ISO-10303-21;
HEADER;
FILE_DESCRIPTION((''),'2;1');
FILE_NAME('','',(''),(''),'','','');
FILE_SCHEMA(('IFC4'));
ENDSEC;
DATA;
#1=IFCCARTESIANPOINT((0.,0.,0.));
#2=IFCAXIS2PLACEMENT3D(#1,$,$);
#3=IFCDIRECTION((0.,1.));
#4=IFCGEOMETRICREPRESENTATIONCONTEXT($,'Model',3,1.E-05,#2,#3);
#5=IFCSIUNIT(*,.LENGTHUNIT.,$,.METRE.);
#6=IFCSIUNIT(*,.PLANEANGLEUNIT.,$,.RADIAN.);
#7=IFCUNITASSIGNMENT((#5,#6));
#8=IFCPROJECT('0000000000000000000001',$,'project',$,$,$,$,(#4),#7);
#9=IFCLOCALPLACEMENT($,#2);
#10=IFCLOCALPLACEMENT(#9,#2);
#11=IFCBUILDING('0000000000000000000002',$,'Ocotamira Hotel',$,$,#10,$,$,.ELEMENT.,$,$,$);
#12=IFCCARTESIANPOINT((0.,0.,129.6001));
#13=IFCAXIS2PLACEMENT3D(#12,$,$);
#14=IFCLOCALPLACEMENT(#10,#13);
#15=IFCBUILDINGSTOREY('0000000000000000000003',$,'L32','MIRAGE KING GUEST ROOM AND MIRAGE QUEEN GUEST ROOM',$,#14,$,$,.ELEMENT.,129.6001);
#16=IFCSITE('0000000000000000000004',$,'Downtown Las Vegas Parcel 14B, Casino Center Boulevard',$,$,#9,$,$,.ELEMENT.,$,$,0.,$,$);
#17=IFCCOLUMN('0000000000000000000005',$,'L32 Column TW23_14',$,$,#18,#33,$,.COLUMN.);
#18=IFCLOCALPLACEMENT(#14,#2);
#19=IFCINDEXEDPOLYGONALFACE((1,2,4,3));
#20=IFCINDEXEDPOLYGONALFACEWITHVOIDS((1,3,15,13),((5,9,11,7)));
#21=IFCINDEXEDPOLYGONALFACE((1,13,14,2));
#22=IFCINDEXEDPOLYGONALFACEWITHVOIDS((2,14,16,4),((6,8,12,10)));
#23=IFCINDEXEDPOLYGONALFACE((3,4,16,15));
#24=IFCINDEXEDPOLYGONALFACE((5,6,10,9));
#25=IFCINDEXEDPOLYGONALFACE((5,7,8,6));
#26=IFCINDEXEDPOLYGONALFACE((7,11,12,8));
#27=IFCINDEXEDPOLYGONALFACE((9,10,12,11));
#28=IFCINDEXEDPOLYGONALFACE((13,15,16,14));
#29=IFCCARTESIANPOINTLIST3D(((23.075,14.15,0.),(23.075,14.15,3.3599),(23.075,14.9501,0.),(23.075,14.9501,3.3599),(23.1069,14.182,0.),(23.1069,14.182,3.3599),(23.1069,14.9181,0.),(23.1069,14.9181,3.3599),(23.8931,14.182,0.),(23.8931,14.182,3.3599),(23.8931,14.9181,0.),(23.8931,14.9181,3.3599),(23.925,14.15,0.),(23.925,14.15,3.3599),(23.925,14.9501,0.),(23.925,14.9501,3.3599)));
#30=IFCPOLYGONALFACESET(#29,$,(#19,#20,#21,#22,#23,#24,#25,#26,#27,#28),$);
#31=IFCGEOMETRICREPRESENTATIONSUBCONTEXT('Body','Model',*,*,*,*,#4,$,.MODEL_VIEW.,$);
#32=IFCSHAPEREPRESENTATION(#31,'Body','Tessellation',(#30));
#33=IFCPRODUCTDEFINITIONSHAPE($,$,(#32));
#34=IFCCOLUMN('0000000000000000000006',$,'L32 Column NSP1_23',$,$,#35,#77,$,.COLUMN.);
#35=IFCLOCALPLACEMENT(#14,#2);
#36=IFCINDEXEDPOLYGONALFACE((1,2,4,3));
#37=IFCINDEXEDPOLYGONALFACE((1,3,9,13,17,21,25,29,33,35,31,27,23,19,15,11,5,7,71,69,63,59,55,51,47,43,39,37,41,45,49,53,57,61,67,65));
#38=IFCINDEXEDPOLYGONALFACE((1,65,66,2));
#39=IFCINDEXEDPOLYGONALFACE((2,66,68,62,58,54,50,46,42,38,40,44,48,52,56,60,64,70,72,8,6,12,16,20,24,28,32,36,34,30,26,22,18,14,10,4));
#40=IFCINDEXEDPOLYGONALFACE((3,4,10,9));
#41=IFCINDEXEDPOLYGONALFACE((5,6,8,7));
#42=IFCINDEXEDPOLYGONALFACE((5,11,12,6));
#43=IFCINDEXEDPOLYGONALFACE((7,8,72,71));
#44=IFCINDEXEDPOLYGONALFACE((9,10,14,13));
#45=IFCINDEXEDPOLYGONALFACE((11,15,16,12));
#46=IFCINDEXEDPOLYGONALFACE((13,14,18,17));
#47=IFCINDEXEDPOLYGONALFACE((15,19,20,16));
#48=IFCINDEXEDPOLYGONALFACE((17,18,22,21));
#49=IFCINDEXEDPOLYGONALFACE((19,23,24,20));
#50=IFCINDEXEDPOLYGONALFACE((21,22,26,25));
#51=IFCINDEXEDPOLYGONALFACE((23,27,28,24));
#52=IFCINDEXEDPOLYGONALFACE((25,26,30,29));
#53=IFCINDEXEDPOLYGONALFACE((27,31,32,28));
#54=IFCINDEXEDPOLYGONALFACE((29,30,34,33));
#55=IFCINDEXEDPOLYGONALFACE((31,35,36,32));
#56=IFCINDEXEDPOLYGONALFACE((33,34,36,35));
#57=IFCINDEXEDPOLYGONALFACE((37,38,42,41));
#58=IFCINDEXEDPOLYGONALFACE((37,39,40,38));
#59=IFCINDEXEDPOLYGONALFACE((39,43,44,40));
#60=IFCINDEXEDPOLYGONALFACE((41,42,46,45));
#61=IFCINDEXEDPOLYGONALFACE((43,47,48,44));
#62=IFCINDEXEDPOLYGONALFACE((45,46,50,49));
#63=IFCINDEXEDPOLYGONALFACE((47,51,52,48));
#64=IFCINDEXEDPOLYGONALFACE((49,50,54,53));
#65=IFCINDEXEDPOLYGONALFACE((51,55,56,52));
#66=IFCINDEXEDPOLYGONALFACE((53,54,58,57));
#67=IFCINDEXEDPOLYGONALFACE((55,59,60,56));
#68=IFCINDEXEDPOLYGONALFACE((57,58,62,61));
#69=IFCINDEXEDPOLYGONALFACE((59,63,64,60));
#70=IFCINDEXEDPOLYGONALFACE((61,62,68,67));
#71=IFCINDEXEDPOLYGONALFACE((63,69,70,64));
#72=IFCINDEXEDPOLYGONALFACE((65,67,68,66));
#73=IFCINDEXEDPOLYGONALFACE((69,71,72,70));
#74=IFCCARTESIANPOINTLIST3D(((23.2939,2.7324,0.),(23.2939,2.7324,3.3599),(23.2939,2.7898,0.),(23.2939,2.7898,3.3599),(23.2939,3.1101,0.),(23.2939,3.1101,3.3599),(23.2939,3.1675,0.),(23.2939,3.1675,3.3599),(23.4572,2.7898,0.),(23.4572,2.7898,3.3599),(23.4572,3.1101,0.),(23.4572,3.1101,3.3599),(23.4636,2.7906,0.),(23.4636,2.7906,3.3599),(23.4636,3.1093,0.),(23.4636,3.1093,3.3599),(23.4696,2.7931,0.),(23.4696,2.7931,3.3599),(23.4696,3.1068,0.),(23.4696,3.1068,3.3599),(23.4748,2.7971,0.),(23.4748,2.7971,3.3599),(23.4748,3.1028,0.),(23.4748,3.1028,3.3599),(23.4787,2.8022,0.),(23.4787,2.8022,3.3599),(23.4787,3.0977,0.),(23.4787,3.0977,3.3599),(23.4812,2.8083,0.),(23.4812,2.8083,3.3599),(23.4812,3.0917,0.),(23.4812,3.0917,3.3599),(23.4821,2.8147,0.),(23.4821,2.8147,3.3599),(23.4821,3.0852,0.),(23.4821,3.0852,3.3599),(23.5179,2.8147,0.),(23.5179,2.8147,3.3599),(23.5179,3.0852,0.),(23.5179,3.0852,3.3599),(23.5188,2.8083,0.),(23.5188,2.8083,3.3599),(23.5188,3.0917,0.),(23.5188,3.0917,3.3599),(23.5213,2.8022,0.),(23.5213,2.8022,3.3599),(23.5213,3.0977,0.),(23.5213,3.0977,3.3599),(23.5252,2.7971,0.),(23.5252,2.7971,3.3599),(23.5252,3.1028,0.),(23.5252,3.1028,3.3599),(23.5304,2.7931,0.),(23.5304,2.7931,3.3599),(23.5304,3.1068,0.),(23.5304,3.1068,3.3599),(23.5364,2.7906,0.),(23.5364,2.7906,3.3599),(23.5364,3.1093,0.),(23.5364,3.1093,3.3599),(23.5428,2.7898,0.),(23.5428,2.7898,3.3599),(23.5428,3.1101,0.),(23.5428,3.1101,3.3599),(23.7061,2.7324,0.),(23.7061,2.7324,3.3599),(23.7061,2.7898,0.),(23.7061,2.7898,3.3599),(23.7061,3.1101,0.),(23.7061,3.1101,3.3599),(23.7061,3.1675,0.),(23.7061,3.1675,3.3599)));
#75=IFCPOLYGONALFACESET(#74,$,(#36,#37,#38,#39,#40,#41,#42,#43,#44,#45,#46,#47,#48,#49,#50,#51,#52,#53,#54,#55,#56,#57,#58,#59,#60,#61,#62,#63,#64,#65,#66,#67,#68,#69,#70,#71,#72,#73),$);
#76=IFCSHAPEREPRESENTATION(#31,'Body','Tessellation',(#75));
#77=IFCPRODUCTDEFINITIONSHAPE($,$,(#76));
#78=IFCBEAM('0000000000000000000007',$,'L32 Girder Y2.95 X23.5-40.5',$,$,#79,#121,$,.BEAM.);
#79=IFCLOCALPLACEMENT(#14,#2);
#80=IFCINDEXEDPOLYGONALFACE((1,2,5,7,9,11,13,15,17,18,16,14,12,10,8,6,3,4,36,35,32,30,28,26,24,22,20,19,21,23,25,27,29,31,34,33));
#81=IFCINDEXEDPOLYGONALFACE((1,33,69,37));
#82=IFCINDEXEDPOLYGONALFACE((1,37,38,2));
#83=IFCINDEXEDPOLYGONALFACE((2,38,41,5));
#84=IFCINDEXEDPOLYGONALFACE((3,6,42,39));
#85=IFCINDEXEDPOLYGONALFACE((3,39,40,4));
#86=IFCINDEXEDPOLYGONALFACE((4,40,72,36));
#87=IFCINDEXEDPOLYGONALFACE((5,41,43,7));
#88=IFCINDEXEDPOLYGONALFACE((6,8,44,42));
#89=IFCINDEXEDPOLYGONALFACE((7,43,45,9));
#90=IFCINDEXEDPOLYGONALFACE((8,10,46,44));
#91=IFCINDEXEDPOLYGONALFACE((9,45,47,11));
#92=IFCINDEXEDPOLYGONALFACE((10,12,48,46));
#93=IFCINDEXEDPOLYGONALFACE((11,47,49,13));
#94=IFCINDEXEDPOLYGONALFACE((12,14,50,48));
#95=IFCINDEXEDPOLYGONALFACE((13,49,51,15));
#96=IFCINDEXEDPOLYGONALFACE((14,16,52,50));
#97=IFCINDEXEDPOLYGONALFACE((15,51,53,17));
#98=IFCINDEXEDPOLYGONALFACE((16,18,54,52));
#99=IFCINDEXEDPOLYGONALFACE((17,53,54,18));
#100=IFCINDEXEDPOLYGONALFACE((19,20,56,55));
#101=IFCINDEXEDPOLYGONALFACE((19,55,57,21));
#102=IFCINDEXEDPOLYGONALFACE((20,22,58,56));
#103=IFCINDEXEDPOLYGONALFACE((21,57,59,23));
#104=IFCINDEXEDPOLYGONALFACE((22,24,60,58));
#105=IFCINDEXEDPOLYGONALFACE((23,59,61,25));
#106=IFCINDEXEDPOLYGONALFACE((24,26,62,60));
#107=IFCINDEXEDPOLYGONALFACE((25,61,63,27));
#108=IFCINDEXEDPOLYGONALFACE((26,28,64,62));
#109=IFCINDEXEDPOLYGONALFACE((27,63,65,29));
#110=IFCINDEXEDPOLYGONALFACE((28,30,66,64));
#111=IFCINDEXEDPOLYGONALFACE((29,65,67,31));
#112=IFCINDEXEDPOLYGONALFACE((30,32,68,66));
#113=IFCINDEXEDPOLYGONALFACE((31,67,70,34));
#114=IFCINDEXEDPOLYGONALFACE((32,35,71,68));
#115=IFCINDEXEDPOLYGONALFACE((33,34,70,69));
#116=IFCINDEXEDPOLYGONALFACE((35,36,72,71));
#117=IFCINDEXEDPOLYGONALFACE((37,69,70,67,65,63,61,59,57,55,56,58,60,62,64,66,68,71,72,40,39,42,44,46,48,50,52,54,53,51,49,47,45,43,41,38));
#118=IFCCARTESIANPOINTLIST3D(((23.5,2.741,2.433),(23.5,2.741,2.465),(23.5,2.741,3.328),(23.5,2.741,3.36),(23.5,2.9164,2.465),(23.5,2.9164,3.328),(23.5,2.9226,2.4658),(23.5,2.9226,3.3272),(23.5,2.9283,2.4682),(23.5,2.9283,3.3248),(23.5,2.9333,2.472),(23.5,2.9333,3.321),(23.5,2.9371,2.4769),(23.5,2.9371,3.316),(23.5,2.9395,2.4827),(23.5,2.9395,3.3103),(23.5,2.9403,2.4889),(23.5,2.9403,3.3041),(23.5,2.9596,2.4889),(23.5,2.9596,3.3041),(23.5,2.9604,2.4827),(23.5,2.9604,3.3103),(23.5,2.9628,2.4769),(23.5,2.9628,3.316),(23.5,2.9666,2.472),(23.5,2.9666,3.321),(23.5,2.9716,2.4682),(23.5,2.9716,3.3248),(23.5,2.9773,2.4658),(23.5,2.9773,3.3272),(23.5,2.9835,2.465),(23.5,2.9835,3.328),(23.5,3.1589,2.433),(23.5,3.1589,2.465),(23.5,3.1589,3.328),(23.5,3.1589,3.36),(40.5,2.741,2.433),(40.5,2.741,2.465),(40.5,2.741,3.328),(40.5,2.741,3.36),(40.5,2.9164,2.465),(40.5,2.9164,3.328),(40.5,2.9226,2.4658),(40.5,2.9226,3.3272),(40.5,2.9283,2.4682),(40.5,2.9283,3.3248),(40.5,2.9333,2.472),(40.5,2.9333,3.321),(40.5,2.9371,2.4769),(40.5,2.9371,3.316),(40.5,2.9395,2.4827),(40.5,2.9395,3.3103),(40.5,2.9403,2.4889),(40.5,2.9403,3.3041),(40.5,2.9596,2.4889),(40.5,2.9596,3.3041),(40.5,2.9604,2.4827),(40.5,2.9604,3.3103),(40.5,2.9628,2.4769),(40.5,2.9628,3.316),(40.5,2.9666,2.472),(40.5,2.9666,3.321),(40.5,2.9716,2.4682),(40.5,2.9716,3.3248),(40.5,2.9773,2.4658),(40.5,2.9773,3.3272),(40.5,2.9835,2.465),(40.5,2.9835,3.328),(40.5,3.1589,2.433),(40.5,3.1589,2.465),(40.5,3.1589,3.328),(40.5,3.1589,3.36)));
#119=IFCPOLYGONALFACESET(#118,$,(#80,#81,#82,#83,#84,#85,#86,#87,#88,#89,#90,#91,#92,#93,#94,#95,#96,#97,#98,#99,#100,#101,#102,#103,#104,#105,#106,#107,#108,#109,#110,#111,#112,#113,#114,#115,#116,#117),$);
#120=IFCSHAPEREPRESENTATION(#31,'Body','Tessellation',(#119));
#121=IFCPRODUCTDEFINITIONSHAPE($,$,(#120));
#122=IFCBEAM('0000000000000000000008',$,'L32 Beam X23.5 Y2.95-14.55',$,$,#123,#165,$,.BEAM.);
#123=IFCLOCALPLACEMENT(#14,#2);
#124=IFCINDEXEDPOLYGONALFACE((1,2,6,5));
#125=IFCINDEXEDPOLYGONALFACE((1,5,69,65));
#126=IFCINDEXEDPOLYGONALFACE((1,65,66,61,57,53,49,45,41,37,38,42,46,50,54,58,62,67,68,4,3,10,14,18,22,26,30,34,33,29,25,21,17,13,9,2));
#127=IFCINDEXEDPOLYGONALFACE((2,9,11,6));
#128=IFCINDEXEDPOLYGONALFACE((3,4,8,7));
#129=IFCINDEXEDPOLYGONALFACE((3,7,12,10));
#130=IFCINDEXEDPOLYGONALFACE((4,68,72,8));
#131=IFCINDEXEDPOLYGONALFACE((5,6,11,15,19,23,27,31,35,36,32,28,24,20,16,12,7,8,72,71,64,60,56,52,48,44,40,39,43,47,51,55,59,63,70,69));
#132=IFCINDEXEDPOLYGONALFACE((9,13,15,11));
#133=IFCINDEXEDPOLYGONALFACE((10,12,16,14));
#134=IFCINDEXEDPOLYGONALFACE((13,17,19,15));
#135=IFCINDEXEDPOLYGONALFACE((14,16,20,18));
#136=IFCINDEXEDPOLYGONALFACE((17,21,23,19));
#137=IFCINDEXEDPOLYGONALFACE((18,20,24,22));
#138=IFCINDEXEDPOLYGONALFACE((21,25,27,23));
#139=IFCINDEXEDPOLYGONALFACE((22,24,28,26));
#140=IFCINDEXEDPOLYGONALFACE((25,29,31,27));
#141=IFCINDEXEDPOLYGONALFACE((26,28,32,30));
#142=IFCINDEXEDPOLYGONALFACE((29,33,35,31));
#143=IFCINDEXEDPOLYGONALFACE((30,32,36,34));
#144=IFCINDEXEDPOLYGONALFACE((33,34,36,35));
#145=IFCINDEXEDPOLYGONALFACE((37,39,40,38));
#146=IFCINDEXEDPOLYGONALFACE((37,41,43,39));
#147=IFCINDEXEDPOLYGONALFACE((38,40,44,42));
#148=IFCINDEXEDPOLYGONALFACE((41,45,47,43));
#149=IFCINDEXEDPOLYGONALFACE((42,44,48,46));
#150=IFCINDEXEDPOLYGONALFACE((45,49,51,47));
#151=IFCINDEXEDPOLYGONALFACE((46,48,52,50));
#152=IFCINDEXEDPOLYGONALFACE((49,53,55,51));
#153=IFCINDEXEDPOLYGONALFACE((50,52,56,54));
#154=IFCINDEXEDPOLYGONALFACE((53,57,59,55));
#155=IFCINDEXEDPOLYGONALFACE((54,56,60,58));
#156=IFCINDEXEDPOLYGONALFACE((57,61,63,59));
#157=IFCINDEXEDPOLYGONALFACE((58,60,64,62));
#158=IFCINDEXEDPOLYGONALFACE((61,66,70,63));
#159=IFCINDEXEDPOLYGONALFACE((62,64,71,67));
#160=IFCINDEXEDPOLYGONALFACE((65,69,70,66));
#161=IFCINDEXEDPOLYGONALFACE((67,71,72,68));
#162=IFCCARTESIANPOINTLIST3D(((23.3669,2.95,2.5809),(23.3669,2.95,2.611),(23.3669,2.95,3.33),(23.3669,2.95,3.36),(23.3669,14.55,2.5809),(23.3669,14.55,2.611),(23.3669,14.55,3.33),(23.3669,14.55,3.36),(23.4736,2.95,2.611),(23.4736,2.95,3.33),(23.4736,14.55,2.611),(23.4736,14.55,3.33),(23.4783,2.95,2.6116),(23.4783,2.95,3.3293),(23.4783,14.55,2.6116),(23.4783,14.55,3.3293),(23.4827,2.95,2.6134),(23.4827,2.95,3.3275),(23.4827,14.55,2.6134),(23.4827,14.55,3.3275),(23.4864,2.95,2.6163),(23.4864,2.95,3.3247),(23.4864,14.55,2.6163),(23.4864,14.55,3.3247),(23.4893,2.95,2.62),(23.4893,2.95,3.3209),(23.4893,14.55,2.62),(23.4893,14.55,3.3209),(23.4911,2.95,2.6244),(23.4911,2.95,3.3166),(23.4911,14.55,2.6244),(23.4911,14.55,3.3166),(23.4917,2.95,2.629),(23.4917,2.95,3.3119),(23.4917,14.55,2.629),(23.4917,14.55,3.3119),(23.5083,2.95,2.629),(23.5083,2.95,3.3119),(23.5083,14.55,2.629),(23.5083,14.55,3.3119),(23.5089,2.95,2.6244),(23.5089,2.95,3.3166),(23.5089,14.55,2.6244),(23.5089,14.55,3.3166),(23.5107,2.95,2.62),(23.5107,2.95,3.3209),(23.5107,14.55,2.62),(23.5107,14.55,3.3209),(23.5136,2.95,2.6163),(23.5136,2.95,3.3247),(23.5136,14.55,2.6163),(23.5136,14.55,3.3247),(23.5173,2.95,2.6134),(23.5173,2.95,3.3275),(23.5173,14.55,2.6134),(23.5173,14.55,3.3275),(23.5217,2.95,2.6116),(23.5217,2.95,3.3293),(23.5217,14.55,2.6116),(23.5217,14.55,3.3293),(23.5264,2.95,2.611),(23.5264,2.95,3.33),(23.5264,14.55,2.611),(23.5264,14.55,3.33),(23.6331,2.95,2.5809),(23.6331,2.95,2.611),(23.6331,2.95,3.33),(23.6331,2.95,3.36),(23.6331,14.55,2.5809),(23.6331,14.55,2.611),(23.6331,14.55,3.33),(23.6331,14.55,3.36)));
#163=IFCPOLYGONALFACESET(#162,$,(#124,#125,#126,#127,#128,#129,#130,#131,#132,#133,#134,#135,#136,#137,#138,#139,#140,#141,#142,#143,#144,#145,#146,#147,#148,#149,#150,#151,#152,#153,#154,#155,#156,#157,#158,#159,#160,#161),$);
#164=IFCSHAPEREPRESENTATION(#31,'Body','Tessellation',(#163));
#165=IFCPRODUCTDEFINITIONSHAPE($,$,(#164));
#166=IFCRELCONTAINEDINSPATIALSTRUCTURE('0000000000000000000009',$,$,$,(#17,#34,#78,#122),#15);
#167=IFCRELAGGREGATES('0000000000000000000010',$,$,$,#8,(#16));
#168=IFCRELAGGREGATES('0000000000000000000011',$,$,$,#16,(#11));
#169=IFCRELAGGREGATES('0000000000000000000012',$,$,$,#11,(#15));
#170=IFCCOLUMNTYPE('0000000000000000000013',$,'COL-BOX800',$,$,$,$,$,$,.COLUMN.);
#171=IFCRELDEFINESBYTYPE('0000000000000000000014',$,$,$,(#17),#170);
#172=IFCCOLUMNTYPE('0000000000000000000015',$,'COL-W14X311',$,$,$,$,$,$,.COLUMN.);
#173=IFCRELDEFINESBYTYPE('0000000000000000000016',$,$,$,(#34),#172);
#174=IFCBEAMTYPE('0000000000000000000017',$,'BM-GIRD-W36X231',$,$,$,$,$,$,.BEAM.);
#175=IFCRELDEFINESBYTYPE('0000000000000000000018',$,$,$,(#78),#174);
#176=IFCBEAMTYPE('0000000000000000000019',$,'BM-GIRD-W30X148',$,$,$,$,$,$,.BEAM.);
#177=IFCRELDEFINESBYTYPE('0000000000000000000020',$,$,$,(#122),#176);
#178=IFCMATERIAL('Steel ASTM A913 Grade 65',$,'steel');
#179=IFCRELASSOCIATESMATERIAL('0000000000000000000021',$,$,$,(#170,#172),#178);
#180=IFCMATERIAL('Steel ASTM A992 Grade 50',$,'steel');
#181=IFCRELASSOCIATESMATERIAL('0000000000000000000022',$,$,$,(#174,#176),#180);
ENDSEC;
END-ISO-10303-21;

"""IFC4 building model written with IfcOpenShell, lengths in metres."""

from ifc_helpers import new_model, si_unit, direction, frame, origin, origin_2d, place, context, subcontext, project, spatial, hollow_rectangle, i_section, extrude, source, transform, mapped, material, material_profile, profile_set, type_object, element, save


model = new_model("IFC4")

# Units and contexts
model_context = context("Model", 3, precision=1e-05, world=origin(), true_north=direction((0.0, 1.0)))
body_context = subcontext(model_context, "Body", "Model", "MODEL_VIEW")
ifc_project = project(units=[si_unit("LENGTHUNIT", "METRE"), si_unit("PLANEANGLEUNIT", "RADIAN")], contexts=[model_context])

# Site, building, storey
site_placement = place(None, origin())
site = spatial("IfcSite", under=ifc_project, at=site_placement, Name="Downtown Las Vegas Parcel 14B, Casino Center Boulevard", CompositionType="ELEMENT", RefElevation=0.0)
building_placement = place(site_placement, origin())
building = spatial("IfcBuilding", under=site, at=building_placement, Name="Ocotamira Hotel", CompositionType="ELEMENT")
storey_placement = place(building_placement, frame((0.0, 0.0, 129.6001)))
storey = spatial("IfcBuildingStorey", under=building, at=storey_placement, Name="L32", Description="MIRAGE KING GUEST ROOM AND MIRAGE QUEEN GUEST ROOM", CompositionType="ELEMENT", Elevation=129.6001)

# Columns
ifc_material_1 = material(Name="Steel ASTM A913 Grade 65", Category="steel")
ifc_material_profile_1 = material_profile(ifc_material_1, hollow_rectangle(XDim=0.8501, YDim=0.8, WallThickness=0.032, at=origin_2d()), Name="BOX800X850X32")
ifc_profile_set_1 = profile_set([ifc_material_profile_1], Name="Steel ASTM A913 Grade 65")
column_type_1 = type_object("IfcColumnType", Name="COL-BOX800", PredefinedType="COLUMN", material=ifc_profile_set_1)
shared_shape_1 = source(origin(), body_context, "Body", "SweptSolid", [
    extrude(hollow_rectangle(XDim=0.8501, YDim=0.8, WallThickness=0.032, at=origin_2d()), origin(), (0.0, 0.0, 1.0), 3.3599),
])
column_1_placement = place(storey_placement, frame((23.5, 14.55, 0.0), z_axis=(0.0, 0.0, 1.0), x_axis=(1.0, 0.0, 0.0)))
element("IfcColumn", 1, at=column_1_placement, inside=storey, type_object=column_type_1, Name="L32 Column TW23_14", PredefinedType="COLUMN", context=body_context, shape_type="MappedRepresentation", body=[
    mapped(shared_shape_1, transform((0.0, 0.0, 0.0), scale=1.0)),
])
ifc_material_profile_2 = material_profile(ifc_material_1, i_section(OverallWidth=0.4121, OverallDepth=0.4351, WebThickness=0.0359, FlangeThickness=0.0574, FilletRadius=0.0249, at=origin_2d()), Name="W14X311")
ifc_profile_set_2 = profile_set([ifc_material_profile_2], Name="Steel ASTM A913 Grade 65")
column_type_2 = type_object("IfcColumnType", Name="COL-W14X311", PredefinedType="COLUMN", material=ifc_profile_set_2)
shared_shape_2 = source(origin(), body_context, "Body", "SweptSolid", [
    extrude(i_section(OverallWidth=0.4121, OverallDepth=0.4351, WebThickness=0.0359, FlangeThickness=0.0574, FilletRadius=0.0249, at=origin_2d()), origin(), (0.0, 0.0, 1.0), 3.3599),
])
column_2_placement = place(storey_placement, frame((23.5, 2.95, 0.0), z_axis=(0.0, 0.0, 1.0), x_axis=(1.0, 0.0, 0.0)))
element("IfcColumn", 2, at=column_2_placement, inside=storey, type_object=column_type_2, Name="L32 Column NSP1_23", PredefinedType="COLUMN", context=body_context, shape_type="MappedRepresentation", body=[
    mapped(shared_shape_2, transform((0.0, 0.0, 0.0), scale=1.0)),
])

# Beams
ifc_material_2 = material(Name="Steel ASTM A992 Grade 50", Category="steel")
ifc_material_profile_3 = material_profile(ifc_material_2, i_section(OverallWidth=0.418, OverallDepth=0.927, WebThickness=0.0193, FlangeThickness=0.032, FilletRadius=0.0239, at=origin_2d()), Name="W36X231")
ifc_profile_set_3 = profile_set([ifc_material_profile_3], Name="Steel ASTM A992 Grade 50")
beam_type_1 = type_object("IfcBeamType", Name="BM-GIRD-W36X231", PredefinedType="BEAM", material=ifc_profile_set_3)
shared_shape_3 = source(origin(), body_context, "Body", "SweptSolid", [
    extrude(i_section(OverallWidth=0.418, OverallDepth=0.927, WebThickness=0.0193, FlangeThickness=0.032, FilletRadius=0.0239, at=origin_2d()), origin(), (0.0, 0.0, 1.0), 17.0),
])
beam_1_placement = place(storey_placement, frame((23.5, 2.95, 2.8965), z_axis=(1.0, 0.0, 0.0), x_axis=(0.0, 1.0, 0.0)))
element("IfcBeam", 3, at=beam_1_placement, inside=storey, type_object=beam_type_1, Name="L32 Girder Y2.95 X23.5-40.5", PredefinedType="BEAM", context=body_context, shape_type="MappedRepresentation", body=[
    mapped(shared_shape_3, transform((0.0, 0.0, 0.0), scale=1.0)),
])
ifc_material_profile_4 = material_profile(ifc_material_2, i_section(OverallWidth=0.2661, OverallDepth=0.7791, WebThickness=0.0166, FlangeThickness=0.03, FilletRadius=0.0181, at=origin_2d()), Name="W30X148")
ifc_profile_set_4 = profile_set([ifc_material_profile_4], Name="Steel ASTM A992 Grade 50")
beam_type_2 = type_object("IfcBeamType", Name="BM-GIRD-W30X148", PredefinedType="BEAM", material=ifc_profile_set_4)
shared_shape_4 = source(origin(), body_context, "Body", "SweptSolid", [
    extrude(i_section(OverallWidth=0.2661, OverallDepth=0.7791, WebThickness=0.0166, FlangeThickness=0.03, FilletRadius=0.0181, at=origin_2d()), origin(), (0.0, 0.0, 1.0), 11.6001),
])
beam_2_placement = place(storey_placement, frame((23.5, 2.95, 2.9705), z_axis=(0.0, 1.0, 0.0), x_axis=(-1.0, 0.0, 0.0)))
element("IfcBeam", 4, at=beam_2_placement, inside=storey, type_object=beam_type_2, Name="L32 Beam X23.5 Y2.95-14.55", PredefinedType="BEAM", context=body_context, shape_type="MappedRepresentation", body=[
    mapped(shared_shape_4, transform((0.0, 0.0, 0.0), scale=1.0)),
])

save(model, "model.ifc")
